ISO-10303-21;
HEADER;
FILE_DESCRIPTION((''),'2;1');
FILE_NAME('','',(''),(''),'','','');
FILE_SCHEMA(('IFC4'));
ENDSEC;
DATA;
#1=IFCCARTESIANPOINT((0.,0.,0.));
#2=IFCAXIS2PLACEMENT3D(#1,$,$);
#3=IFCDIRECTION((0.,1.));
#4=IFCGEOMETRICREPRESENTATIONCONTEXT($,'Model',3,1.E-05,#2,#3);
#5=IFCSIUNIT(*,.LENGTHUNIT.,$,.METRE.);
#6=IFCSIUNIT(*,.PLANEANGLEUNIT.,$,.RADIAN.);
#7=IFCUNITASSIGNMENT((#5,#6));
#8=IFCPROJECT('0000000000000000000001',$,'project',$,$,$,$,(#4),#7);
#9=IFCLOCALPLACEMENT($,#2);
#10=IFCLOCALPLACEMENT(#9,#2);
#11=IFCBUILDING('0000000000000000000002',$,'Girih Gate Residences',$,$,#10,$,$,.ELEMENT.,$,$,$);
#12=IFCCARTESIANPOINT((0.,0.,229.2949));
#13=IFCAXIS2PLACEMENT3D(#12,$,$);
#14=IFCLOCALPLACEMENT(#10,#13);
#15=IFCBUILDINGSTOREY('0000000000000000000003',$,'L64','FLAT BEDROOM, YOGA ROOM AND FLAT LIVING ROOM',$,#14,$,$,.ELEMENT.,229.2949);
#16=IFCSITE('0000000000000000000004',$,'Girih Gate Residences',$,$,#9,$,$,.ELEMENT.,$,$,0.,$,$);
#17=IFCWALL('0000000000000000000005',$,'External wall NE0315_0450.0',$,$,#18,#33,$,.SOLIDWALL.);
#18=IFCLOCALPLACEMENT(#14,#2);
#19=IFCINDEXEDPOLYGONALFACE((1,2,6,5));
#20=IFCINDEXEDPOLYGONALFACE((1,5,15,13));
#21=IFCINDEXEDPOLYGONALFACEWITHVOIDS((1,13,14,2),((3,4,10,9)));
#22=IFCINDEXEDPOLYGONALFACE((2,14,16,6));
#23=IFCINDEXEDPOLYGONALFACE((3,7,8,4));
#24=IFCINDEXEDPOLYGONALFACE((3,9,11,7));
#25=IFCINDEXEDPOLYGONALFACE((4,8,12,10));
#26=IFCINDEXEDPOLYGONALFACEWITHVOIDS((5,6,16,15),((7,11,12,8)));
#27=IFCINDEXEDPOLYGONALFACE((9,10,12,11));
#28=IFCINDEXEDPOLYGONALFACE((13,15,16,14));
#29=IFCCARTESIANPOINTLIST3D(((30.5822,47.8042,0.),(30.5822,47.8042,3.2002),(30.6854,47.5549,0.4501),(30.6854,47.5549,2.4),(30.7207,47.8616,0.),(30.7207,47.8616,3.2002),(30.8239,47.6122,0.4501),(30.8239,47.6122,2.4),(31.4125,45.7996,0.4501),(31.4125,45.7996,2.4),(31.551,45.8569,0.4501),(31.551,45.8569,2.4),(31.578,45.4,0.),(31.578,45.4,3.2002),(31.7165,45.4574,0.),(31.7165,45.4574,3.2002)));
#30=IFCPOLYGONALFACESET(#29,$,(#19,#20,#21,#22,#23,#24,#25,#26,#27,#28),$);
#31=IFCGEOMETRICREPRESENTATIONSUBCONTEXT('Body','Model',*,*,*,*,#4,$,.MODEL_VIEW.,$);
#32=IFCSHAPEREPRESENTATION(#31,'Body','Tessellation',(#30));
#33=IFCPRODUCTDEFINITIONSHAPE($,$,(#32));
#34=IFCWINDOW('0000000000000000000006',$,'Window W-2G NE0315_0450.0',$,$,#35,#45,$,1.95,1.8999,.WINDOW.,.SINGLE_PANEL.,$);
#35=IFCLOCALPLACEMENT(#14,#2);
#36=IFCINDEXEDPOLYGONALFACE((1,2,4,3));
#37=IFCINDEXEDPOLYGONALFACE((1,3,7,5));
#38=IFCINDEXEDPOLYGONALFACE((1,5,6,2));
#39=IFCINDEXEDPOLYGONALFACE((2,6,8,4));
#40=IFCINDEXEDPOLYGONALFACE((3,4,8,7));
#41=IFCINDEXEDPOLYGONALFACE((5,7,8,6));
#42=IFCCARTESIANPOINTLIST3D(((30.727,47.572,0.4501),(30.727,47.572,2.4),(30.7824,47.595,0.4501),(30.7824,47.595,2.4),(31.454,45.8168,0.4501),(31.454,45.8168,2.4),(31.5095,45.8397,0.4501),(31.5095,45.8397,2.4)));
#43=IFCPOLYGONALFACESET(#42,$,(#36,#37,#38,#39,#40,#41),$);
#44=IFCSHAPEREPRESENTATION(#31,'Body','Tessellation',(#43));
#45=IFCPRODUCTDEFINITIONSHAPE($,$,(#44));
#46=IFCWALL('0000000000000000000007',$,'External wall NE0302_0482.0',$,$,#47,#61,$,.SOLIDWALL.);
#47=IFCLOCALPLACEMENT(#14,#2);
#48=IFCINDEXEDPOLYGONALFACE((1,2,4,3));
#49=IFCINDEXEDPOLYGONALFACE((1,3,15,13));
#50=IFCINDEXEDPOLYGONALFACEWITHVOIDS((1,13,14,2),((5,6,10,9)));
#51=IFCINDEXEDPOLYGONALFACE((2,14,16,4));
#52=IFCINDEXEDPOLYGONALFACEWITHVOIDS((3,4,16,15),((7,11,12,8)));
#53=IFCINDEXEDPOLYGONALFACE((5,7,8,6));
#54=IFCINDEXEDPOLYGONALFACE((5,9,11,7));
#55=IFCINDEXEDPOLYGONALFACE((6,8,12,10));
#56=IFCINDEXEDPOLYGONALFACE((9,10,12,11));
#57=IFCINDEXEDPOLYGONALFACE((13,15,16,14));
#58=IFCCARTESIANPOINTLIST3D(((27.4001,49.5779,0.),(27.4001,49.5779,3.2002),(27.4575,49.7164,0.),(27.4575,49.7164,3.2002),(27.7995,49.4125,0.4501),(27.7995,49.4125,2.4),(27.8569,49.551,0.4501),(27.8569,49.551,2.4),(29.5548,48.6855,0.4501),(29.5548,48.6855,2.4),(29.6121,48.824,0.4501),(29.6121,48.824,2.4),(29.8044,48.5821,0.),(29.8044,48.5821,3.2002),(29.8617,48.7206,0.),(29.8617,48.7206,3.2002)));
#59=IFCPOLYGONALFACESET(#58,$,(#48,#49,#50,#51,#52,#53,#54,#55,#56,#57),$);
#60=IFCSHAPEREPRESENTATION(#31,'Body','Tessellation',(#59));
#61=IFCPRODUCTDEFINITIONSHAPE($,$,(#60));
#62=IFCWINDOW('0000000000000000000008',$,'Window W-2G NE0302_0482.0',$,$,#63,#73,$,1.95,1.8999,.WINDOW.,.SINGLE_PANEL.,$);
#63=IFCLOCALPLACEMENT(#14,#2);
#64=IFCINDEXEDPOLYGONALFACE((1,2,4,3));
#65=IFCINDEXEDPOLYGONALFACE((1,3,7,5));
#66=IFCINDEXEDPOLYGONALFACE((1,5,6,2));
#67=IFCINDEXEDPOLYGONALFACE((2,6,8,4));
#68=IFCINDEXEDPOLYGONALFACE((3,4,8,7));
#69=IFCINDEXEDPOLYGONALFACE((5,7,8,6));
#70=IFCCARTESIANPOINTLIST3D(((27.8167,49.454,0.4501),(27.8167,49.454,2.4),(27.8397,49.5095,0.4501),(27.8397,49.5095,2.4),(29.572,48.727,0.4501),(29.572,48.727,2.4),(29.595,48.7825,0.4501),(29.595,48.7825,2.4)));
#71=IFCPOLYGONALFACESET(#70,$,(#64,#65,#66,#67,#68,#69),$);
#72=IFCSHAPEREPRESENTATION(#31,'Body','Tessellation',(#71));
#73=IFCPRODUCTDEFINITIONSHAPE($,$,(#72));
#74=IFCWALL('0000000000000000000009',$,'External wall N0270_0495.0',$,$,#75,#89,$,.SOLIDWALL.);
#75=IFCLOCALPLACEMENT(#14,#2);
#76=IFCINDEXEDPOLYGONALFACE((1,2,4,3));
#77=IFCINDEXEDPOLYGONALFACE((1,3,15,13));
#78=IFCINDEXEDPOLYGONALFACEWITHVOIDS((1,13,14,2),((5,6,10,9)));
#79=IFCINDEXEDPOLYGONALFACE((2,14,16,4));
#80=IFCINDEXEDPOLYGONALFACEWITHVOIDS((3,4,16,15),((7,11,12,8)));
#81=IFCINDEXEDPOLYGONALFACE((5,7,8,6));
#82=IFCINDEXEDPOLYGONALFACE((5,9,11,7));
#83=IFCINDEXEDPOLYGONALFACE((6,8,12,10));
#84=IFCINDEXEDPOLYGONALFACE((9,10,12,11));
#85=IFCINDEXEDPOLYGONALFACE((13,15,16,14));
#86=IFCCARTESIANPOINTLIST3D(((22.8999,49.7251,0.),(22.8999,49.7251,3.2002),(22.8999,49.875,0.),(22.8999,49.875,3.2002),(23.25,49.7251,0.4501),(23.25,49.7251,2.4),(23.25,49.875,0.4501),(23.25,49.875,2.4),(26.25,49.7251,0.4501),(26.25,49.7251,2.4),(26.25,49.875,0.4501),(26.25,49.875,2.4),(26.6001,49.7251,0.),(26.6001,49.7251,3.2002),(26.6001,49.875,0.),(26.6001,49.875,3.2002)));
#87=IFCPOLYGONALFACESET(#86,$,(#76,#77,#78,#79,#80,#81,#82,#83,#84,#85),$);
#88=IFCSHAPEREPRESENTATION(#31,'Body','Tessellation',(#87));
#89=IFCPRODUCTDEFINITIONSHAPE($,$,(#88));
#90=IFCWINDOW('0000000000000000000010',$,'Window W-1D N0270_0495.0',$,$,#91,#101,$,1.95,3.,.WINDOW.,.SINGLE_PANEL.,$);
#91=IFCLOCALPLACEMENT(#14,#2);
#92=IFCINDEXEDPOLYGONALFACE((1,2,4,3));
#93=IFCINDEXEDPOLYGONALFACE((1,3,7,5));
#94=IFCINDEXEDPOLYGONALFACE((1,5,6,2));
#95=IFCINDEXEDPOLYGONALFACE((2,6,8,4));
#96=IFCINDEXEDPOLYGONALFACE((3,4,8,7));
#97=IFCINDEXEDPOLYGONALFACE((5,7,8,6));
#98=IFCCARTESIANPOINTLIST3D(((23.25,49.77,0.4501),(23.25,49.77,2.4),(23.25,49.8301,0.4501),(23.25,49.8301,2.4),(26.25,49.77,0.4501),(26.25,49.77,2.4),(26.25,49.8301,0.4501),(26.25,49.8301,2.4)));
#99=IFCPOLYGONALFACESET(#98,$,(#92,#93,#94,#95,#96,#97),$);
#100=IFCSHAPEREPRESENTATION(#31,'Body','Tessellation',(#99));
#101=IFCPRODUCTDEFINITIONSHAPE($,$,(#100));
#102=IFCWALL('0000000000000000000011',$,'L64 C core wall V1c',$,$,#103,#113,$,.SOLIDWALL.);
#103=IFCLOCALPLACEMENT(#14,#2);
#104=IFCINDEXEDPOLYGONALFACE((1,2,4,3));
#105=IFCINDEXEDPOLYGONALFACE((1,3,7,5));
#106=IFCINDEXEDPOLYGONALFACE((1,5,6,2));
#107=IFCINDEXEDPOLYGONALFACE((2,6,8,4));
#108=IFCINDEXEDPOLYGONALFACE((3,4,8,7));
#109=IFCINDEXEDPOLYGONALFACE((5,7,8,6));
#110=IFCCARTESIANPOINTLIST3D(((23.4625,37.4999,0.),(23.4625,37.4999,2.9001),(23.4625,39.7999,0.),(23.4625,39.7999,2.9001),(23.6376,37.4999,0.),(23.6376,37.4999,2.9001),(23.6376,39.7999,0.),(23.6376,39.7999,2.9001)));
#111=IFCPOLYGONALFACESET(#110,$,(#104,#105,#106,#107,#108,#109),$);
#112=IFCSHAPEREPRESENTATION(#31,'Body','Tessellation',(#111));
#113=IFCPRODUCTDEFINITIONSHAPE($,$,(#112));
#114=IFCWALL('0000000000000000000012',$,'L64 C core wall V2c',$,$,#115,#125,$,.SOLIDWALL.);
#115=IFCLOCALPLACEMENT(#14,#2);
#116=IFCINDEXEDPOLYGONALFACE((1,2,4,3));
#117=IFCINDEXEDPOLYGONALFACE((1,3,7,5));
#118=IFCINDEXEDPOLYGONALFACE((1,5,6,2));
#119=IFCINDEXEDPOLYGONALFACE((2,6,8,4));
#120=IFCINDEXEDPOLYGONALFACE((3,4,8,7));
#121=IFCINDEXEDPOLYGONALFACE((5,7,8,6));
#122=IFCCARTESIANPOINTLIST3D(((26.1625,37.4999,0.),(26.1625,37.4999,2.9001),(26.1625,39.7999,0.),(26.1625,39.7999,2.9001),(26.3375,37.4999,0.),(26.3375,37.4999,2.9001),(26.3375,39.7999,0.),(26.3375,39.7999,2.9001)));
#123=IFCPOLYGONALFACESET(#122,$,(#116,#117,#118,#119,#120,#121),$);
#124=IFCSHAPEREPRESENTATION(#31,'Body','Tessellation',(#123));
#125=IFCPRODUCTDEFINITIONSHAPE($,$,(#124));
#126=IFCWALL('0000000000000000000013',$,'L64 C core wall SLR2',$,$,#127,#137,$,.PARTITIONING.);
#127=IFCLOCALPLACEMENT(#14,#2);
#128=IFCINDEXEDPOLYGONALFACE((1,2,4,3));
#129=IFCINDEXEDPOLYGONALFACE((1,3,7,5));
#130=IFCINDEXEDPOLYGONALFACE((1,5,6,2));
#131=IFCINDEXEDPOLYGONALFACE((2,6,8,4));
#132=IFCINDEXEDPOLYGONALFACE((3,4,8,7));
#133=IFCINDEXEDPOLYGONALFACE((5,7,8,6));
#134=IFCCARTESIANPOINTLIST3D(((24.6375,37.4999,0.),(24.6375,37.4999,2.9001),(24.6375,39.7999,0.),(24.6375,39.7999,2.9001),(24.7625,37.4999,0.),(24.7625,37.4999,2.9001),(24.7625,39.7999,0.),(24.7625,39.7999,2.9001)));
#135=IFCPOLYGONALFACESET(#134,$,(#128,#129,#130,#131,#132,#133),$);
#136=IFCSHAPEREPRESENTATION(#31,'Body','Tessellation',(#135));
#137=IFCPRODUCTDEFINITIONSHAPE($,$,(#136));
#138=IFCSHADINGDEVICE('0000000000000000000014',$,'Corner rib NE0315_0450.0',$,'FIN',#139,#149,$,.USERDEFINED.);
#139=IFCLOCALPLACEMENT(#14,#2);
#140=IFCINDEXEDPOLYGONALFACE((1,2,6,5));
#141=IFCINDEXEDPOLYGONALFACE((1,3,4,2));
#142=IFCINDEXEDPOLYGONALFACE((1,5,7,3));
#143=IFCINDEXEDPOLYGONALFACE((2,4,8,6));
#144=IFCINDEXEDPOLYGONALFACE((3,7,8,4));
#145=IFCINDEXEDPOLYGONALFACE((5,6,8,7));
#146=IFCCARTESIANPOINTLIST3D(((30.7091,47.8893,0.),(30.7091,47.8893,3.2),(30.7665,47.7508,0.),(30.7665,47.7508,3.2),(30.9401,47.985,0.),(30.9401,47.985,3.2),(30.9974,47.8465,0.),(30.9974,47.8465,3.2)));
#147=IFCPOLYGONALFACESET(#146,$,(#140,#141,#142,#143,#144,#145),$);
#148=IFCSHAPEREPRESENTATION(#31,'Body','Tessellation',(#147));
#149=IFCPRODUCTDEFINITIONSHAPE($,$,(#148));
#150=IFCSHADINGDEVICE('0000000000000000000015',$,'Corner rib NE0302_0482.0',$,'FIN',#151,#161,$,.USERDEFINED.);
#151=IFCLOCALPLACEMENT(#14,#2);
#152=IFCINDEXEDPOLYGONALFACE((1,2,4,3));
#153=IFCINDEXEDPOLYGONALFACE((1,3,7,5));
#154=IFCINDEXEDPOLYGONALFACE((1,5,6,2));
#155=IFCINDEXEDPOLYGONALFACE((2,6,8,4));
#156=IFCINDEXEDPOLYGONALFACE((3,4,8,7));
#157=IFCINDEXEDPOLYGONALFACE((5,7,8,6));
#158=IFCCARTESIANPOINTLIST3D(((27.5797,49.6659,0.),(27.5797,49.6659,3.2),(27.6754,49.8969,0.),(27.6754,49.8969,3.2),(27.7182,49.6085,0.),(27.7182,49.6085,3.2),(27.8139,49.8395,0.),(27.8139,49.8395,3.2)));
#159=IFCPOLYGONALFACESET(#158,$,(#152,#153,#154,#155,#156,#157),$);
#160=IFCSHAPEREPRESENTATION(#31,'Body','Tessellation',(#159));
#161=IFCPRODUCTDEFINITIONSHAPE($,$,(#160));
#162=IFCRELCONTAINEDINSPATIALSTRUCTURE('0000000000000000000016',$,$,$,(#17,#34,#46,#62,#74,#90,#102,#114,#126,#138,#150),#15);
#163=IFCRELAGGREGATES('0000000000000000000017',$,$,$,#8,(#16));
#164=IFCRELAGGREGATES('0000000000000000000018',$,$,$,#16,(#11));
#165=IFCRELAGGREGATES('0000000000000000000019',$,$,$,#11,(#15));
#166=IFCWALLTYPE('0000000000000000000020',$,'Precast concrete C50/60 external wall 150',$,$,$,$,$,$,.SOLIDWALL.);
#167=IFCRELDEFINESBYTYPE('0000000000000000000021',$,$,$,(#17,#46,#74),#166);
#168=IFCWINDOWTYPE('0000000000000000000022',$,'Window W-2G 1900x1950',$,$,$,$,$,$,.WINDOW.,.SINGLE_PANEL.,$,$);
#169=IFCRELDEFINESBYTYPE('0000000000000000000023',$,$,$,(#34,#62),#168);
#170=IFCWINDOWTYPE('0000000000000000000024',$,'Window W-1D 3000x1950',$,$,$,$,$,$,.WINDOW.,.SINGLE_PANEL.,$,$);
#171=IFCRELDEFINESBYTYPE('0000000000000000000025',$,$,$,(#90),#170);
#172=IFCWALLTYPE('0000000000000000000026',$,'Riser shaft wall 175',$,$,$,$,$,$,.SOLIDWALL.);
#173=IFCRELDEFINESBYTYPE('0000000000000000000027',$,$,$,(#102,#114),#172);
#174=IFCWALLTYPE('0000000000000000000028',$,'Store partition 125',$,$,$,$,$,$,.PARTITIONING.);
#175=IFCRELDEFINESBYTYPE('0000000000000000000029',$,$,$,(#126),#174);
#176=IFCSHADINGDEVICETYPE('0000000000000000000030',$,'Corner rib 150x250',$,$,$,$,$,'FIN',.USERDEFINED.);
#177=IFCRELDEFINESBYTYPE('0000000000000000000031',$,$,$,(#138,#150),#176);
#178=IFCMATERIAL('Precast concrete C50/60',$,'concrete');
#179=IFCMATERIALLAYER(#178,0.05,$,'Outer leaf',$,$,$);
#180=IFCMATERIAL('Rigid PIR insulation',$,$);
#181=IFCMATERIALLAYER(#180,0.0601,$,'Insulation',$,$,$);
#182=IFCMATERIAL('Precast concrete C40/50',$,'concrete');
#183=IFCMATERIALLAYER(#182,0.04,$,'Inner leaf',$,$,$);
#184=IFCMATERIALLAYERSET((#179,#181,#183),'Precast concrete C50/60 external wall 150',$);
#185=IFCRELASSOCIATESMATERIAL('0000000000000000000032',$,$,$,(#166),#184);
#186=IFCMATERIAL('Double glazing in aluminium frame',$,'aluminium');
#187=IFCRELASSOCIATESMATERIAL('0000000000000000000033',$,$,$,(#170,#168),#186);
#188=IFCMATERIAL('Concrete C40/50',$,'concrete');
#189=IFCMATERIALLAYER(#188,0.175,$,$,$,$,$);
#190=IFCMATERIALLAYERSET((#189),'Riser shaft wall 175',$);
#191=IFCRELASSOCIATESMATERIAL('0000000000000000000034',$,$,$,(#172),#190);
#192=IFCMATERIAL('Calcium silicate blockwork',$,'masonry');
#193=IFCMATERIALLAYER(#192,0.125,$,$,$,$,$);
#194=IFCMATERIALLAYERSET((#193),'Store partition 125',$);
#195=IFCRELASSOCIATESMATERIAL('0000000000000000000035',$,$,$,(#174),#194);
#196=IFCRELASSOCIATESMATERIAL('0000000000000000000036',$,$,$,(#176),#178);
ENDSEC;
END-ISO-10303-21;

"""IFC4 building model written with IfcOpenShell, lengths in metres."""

from ifc_helpers import new_model, si_unit, direction, frame, frame_2d, origin, origin_2d, place, context, subcontext, project, spatial, rectangle, extrude, material, layer, layer_set, type_object, element, fill, save


model = new_model("IFC4")

# Units and contexts
model_context = context("Model", 3, precision=1e-05, world=origin(), true_north=direction((0.0, 1.0)))
body_context = subcontext(model_context, "Body", "Model", "MODEL_VIEW")
ifc_project = project(units=[si_unit("LENGTHUNIT", "METRE"), si_unit("PLANEANGLEUNIT", "RADIAN")], contexts=[model_context])

# Site, building, storey
site_placement = place(None, origin())
site = spatial("IfcSite", under=ifc_project, at=site_placement, Name="Girih Gate Residences", CompositionType="ELEMENT", RefElevation=0.0)
building_placement = place(site_placement, origin())
building = spatial("IfcBuilding", under=site, at=building_placement, Name="Girih Gate Residences", CompositionType="ELEMENT")
storey_placement = place(building_placement, frame((0.0, 0.0, 229.2949)))
storey = spatial("IfcBuildingStorey", under=building, at=storey_placement, Name="L64", Description="FLAT BEDROOM, YOGA ROOM AND FLAT LIVING ROOM", CompositionType="ELEMENT", Elevation=229.2949)

# Walls, openings, windows
ifc_material_1 = material(Name="Precast concrete C50/60", Category="concrete")
ifc_layer_1 = layer(ifc_material_1, 0.05, Name="Outer leaf")
ifc_material_2 = material(Name="Rigid PIR insulation")
ifc_layer_2 = layer(ifc_material_2, 0.0601, Name="Insulation")
ifc_material_3 = material(Name="Precast concrete C40/50", Category="concrete")
ifc_layer_3 = layer(ifc_material_3, 0.04, Name="Inner leaf")
ifc_layer_set_1 = layer_set([ifc_layer_1, ifc_layer_2, ifc_layer_3], Name="Precast concrete C50/60 external wall 150")
wall_type_1 = type_object("IfcWallType", Name="Precast concrete C50/60 external wall 150", PredefinedType="SOLIDWALL", material=ifc_layer_set_1)
ifc_material_4 = material(Name="Double glazing in aluminium frame", Category="aluminium")
window_type_1 = type_object("IfcWindowType", Name="Window W-1D 3000x1950", PartitioningType="SINGLE_PANEL", PredefinedType="WINDOW", material=ifc_material_4)
wall_1_placement = place(storey_placement, frame((30.6514, 47.833, 0.0), z_axis=(0.0, 0.0, 1.0), x_axis=(0.382669, -0.923885, 0.0)))
wall_1 = element("IfcWall", 1, at=wall_1_placement, inside=storey, type_object=wall_type_1, Name="External wall NE0315_0450.0", PredefinedType="SOLIDWALL", context=body_context, shape_type="SweptSolid", body=[
    extrude(rectangle(XDim=2.6023, YDim=0.1499, at=frame_2d((1.3013, 0.0))), origin(), (0.0, 0.0, 1.0), 3.2002),
])
opening_1_placement = place(wall_1_placement, frame((0.27, 0.0, 0.45)))
opening_1 = element("IfcOpeningElement", 2, at=opening_1_placement, cuts=wall_1, PredefinedType="OPENING", context=body_context, shape_type="SweptSolid", body=[
    extrude(rectangle(XDim=1.8999, YDim=1.95, at=frame_2d((0.95, 0.9751))), frame((0.0, 0.085, 0.0), z_axis=(0.0, -1.0, 0.0), x_axis=(1.0, 0.0, 0.0)), (0.0, 0.0, 1.0), 0.1699),
])
window_type_2 = type_object("IfcWindowType", Name="Window W-2G 1900x1950", PartitioningType="SINGLE_PANEL", PredefinedType="WINDOW", material=ifc_material_4)
window_1_placement = place(opening_1_placement, origin())
window_1 = element("IfcWindow", 3, at=window_1_placement, inside=storey, type_object=window_type_2, Name="Window W-2G NE0315_0450.0", OverallHeight=1.95, OverallWidth=1.8999, PartitioningType="SINGLE_PANEL", PredefinedType="WINDOW", context=body_context, shape_type="SweptSolid", body=[
    extrude(rectangle(XDim=1.8999, YDim=1.95, at=frame_2d((0.95, 0.9751))), frame((0.0, 0.03, 0.0), z_axis=(0.0, -1.0, 0.0), x_axis=(1.0, 0.0, 0.0)), (0.0, 0.0, 1.0), 0.0601),
])
fill(opening_1, window_1)
wall_2_placement = place(storey_placement, frame((27.4287, 49.6472, 0.0), z_axis=(0.0, 0.0, 1.0), x_axis=(0.923885, -0.382669, 0.0)))
wall_2 = element("IfcWall", 4, at=wall_2_placement, inside=storey, type_object=wall_type_1, Name="External wall NE0302_0482.0", PredefinedType="SOLIDWALL", context=body_context, shape_type="SweptSolid", body=[
    extrude(rectangle(XDim=2.6023, YDim=0.1499, at=frame_2d((1.3013, 0.0))), origin(), (0.0, 0.0, 1.0), 3.2002),
])
opening_2_placement = place(wall_2_placement, frame((0.4324, 0.0, 0.45)))
opening_2 = element("IfcOpeningElement", 5, at=opening_2_placement, cuts=wall_2, PredefinedType="OPENING", context=body_context, shape_type="SweptSolid", body=[
    extrude(rectangle(XDim=1.8999, YDim=1.95, at=frame_2d((0.95, 0.9751))), frame((0.0, 0.085, 0.0), z_axis=(0.0, -1.0, 0.0), x_axis=(1.0, 0.0, 0.0)), (0.0, 0.0, 1.0), 0.1699),
])
window_2_placement = place(opening_2_placement, origin())
window_2 = element("IfcWindow", 6, at=window_2_placement, inside=storey, type_object=window_type_2, Name="Window W-2G NE0302_0482.0", OverallHeight=1.95, OverallWidth=1.8999, PartitioningType="SINGLE_PANEL", PredefinedType="WINDOW", context=body_context, shape_type="SweptSolid", body=[
    extrude(rectangle(XDim=1.8999, YDim=1.95, at=frame_2d((0.95, 0.9751))), frame((0.0, 0.03, 0.0), z_axis=(0.0, -1.0, 0.0), x_axis=(1.0, 0.0, 0.0)), (0.0, 0.0, 1.0), 0.0601),
])
fill(opening_2, window_2)
wall_3_placement = place(storey_placement, frame((22.8999, 49.8, 0.0), z_axis=(0.0, 0.0, 1.0), x_axis=(1.0, 0.0, 0.0)))
wall_3 = element("IfcWall", 7, at=wall_3_placement, inside=storey, type_object=wall_type_1, Name="External wall N0270_0495.0", PredefinedType="SOLIDWALL", context=body_context, shape_type="SweptSolid", body=[
    extrude(rectangle(XDim=3.7002, YDim=0.1499, at=frame_2d((1.8501, 0.0))), origin(), (0.0, 0.0, 1.0), 3.2002),
])
opening_3_placement = place(wall_3_placement, frame((0.3501, 0.0, 0.45)))
opening_3 = element("IfcOpeningElement", 8, at=opening_3_placement, cuts=wall_3, PredefinedType="OPENING", context=body_context, shape_type="SweptSolid", body=[
    extrude(rectangle(XDim=3.0, YDim=1.95, at=frame_2d((1.5, 0.9751))), frame((0.0, 0.085, 0.0), z_axis=(0.0, -1.0, 0.0), x_axis=(1.0, 0.0, 0.0)), (0.0, 0.0, 1.0), 0.1699),
])
window_3_placement = place(opening_3_placement, origin())
window_3 = element("IfcWindow", 9, at=window_3_placement, inside=storey, type_object=window_type_1, Name="Window W-1D N0270_0495.0", OverallHeight=1.95, OverallWidth=3.0, PartitioningType="SINGLE_PANEL", PredefinedType="WINDOW", context=body_context, shape_type="SweptSolid", body=[
    extrude(rectangle(XDim=3.0, YDim=1.95, at=frame_2d((1.5, 0.9751))), frame((0.0, 0.03, 0.0), z_axis=(0.0, -1.0, 0.0), x_axis=(1.0, 0.0, 0.0)), (0.0, 0.0, 1.0), 0.0601),
])
fill(opening_3, window_3)

# Walls
ifc_material_5 = material(Name="Concrete C40/50", Category="concrete")
ifc_layer_4 = layer(ifc_material_5, 0.175)
ifc_layer_set_2 = layer_set([ifc_layer_4], Name="Riser shaft wall 175")
wall_type_2 = type_object("IfcWallType", Name="Riser shaft wall 175", PredefinedType="SOLIDWALL", material=ifc_layer_set_2)
for number, where, z_axis, x_axis, name in (
    (10, (23.55, 37.5, 0.0), (0.0, 0.0, 1.0), (0.0, 1.0, 0.0), "L64 C core wall V1c"),
    (11, (26.25, 37.5, 0.0), (0.0, 0.0, 1.0), (0.0, 1.0, 0.0), "L64 C core wall V2c"),
):
    element("IfcWall", number, at=place(storey_placement, frame(where, z_axis=z_axis, x_axis=x_axis)), inside=storey, type_object=wall_type_2, Name=name, PredefinedType="SOLIDWALL", context=body_context, shape_type="SweptSolid", body=[
        extrude(rectangle(XDim=2.3, YDim=0.175, at=frame_2d((1.1499, 0.0))), origin(), (0.0, 0.0, 1.0), 2.9001),
    ])
ifc_material_6 = material(Name="Calcium silicate blockwork", Category="masonry")
ifc_layer_5 = layer(ifc_material_6, 0.125)
ifc_layer_set_3 = layer_set([ifc_layer_5], Name="Store partition 125")
wall_type_3 = type_object("IfcWallType", Name="Store partition 125", PredefinedType="PARTITIONING", material=ifc_layer_set_3)
wall_4_placement = place(storey_placement, frame((24.7, 37.5, 0.0), z_axis=(0.0, 0.0, 1.0), x_axis=(0.0, 1.0, 0.0)))
element("IfcWall", 12, at=wall_4_placement, inside=storey, type_object=wall_type_3, Name="L64 C core wall SLR2", PredefinedType="PARTITIONING", context=body_context, shape_type="SweptSolid", body=[
    extrude(rectangle(XDim=2.3, YDim=0.125, at=frame_2d((1.1499, 0.0))), origin(), (0.0, 0.0, 1.0), 2.9001),
])

# Shading devices
shading_device_type = type_object("IfcShadingDeviceType", Name="Corner rib 150x250", ElementType="FIN", PredefinedType="USERDEFINED", material=ifc_material_1)
for number, where, z_axis, x_axis, name in (
    (13, (30.8533, 47.8679, 0.0), (0.0, 0.0, 1.0), (-0.382683, 0.92388, 0.0), "Corner rib NE0315_0450.0"),
    (14, (27.6968, 49.7527, 0.0), (0.0, 0.0, 1.0), (-0.92388, 0.382683, 0.0), "Corner rib NE0302_0482.0"),
):
    element("IfcShadingDevice", number, at=place(storey_placement, frame(where, z_axis=z_axis, x_axis=x_axis)), inside=storey, type_object=shading_device_type, Name=name, ObjectType="FIN", PredefinedType="USERDEFINED", context=body_context, shape_type="SweptSolid", body=[
        extrude(rectangle(XDim=0.1499, YDim=0.25, at=origin_2d()), origin(), (0.0, 0.0, 1.0), 3.2),
    ])

save(model, "model.ifc")
